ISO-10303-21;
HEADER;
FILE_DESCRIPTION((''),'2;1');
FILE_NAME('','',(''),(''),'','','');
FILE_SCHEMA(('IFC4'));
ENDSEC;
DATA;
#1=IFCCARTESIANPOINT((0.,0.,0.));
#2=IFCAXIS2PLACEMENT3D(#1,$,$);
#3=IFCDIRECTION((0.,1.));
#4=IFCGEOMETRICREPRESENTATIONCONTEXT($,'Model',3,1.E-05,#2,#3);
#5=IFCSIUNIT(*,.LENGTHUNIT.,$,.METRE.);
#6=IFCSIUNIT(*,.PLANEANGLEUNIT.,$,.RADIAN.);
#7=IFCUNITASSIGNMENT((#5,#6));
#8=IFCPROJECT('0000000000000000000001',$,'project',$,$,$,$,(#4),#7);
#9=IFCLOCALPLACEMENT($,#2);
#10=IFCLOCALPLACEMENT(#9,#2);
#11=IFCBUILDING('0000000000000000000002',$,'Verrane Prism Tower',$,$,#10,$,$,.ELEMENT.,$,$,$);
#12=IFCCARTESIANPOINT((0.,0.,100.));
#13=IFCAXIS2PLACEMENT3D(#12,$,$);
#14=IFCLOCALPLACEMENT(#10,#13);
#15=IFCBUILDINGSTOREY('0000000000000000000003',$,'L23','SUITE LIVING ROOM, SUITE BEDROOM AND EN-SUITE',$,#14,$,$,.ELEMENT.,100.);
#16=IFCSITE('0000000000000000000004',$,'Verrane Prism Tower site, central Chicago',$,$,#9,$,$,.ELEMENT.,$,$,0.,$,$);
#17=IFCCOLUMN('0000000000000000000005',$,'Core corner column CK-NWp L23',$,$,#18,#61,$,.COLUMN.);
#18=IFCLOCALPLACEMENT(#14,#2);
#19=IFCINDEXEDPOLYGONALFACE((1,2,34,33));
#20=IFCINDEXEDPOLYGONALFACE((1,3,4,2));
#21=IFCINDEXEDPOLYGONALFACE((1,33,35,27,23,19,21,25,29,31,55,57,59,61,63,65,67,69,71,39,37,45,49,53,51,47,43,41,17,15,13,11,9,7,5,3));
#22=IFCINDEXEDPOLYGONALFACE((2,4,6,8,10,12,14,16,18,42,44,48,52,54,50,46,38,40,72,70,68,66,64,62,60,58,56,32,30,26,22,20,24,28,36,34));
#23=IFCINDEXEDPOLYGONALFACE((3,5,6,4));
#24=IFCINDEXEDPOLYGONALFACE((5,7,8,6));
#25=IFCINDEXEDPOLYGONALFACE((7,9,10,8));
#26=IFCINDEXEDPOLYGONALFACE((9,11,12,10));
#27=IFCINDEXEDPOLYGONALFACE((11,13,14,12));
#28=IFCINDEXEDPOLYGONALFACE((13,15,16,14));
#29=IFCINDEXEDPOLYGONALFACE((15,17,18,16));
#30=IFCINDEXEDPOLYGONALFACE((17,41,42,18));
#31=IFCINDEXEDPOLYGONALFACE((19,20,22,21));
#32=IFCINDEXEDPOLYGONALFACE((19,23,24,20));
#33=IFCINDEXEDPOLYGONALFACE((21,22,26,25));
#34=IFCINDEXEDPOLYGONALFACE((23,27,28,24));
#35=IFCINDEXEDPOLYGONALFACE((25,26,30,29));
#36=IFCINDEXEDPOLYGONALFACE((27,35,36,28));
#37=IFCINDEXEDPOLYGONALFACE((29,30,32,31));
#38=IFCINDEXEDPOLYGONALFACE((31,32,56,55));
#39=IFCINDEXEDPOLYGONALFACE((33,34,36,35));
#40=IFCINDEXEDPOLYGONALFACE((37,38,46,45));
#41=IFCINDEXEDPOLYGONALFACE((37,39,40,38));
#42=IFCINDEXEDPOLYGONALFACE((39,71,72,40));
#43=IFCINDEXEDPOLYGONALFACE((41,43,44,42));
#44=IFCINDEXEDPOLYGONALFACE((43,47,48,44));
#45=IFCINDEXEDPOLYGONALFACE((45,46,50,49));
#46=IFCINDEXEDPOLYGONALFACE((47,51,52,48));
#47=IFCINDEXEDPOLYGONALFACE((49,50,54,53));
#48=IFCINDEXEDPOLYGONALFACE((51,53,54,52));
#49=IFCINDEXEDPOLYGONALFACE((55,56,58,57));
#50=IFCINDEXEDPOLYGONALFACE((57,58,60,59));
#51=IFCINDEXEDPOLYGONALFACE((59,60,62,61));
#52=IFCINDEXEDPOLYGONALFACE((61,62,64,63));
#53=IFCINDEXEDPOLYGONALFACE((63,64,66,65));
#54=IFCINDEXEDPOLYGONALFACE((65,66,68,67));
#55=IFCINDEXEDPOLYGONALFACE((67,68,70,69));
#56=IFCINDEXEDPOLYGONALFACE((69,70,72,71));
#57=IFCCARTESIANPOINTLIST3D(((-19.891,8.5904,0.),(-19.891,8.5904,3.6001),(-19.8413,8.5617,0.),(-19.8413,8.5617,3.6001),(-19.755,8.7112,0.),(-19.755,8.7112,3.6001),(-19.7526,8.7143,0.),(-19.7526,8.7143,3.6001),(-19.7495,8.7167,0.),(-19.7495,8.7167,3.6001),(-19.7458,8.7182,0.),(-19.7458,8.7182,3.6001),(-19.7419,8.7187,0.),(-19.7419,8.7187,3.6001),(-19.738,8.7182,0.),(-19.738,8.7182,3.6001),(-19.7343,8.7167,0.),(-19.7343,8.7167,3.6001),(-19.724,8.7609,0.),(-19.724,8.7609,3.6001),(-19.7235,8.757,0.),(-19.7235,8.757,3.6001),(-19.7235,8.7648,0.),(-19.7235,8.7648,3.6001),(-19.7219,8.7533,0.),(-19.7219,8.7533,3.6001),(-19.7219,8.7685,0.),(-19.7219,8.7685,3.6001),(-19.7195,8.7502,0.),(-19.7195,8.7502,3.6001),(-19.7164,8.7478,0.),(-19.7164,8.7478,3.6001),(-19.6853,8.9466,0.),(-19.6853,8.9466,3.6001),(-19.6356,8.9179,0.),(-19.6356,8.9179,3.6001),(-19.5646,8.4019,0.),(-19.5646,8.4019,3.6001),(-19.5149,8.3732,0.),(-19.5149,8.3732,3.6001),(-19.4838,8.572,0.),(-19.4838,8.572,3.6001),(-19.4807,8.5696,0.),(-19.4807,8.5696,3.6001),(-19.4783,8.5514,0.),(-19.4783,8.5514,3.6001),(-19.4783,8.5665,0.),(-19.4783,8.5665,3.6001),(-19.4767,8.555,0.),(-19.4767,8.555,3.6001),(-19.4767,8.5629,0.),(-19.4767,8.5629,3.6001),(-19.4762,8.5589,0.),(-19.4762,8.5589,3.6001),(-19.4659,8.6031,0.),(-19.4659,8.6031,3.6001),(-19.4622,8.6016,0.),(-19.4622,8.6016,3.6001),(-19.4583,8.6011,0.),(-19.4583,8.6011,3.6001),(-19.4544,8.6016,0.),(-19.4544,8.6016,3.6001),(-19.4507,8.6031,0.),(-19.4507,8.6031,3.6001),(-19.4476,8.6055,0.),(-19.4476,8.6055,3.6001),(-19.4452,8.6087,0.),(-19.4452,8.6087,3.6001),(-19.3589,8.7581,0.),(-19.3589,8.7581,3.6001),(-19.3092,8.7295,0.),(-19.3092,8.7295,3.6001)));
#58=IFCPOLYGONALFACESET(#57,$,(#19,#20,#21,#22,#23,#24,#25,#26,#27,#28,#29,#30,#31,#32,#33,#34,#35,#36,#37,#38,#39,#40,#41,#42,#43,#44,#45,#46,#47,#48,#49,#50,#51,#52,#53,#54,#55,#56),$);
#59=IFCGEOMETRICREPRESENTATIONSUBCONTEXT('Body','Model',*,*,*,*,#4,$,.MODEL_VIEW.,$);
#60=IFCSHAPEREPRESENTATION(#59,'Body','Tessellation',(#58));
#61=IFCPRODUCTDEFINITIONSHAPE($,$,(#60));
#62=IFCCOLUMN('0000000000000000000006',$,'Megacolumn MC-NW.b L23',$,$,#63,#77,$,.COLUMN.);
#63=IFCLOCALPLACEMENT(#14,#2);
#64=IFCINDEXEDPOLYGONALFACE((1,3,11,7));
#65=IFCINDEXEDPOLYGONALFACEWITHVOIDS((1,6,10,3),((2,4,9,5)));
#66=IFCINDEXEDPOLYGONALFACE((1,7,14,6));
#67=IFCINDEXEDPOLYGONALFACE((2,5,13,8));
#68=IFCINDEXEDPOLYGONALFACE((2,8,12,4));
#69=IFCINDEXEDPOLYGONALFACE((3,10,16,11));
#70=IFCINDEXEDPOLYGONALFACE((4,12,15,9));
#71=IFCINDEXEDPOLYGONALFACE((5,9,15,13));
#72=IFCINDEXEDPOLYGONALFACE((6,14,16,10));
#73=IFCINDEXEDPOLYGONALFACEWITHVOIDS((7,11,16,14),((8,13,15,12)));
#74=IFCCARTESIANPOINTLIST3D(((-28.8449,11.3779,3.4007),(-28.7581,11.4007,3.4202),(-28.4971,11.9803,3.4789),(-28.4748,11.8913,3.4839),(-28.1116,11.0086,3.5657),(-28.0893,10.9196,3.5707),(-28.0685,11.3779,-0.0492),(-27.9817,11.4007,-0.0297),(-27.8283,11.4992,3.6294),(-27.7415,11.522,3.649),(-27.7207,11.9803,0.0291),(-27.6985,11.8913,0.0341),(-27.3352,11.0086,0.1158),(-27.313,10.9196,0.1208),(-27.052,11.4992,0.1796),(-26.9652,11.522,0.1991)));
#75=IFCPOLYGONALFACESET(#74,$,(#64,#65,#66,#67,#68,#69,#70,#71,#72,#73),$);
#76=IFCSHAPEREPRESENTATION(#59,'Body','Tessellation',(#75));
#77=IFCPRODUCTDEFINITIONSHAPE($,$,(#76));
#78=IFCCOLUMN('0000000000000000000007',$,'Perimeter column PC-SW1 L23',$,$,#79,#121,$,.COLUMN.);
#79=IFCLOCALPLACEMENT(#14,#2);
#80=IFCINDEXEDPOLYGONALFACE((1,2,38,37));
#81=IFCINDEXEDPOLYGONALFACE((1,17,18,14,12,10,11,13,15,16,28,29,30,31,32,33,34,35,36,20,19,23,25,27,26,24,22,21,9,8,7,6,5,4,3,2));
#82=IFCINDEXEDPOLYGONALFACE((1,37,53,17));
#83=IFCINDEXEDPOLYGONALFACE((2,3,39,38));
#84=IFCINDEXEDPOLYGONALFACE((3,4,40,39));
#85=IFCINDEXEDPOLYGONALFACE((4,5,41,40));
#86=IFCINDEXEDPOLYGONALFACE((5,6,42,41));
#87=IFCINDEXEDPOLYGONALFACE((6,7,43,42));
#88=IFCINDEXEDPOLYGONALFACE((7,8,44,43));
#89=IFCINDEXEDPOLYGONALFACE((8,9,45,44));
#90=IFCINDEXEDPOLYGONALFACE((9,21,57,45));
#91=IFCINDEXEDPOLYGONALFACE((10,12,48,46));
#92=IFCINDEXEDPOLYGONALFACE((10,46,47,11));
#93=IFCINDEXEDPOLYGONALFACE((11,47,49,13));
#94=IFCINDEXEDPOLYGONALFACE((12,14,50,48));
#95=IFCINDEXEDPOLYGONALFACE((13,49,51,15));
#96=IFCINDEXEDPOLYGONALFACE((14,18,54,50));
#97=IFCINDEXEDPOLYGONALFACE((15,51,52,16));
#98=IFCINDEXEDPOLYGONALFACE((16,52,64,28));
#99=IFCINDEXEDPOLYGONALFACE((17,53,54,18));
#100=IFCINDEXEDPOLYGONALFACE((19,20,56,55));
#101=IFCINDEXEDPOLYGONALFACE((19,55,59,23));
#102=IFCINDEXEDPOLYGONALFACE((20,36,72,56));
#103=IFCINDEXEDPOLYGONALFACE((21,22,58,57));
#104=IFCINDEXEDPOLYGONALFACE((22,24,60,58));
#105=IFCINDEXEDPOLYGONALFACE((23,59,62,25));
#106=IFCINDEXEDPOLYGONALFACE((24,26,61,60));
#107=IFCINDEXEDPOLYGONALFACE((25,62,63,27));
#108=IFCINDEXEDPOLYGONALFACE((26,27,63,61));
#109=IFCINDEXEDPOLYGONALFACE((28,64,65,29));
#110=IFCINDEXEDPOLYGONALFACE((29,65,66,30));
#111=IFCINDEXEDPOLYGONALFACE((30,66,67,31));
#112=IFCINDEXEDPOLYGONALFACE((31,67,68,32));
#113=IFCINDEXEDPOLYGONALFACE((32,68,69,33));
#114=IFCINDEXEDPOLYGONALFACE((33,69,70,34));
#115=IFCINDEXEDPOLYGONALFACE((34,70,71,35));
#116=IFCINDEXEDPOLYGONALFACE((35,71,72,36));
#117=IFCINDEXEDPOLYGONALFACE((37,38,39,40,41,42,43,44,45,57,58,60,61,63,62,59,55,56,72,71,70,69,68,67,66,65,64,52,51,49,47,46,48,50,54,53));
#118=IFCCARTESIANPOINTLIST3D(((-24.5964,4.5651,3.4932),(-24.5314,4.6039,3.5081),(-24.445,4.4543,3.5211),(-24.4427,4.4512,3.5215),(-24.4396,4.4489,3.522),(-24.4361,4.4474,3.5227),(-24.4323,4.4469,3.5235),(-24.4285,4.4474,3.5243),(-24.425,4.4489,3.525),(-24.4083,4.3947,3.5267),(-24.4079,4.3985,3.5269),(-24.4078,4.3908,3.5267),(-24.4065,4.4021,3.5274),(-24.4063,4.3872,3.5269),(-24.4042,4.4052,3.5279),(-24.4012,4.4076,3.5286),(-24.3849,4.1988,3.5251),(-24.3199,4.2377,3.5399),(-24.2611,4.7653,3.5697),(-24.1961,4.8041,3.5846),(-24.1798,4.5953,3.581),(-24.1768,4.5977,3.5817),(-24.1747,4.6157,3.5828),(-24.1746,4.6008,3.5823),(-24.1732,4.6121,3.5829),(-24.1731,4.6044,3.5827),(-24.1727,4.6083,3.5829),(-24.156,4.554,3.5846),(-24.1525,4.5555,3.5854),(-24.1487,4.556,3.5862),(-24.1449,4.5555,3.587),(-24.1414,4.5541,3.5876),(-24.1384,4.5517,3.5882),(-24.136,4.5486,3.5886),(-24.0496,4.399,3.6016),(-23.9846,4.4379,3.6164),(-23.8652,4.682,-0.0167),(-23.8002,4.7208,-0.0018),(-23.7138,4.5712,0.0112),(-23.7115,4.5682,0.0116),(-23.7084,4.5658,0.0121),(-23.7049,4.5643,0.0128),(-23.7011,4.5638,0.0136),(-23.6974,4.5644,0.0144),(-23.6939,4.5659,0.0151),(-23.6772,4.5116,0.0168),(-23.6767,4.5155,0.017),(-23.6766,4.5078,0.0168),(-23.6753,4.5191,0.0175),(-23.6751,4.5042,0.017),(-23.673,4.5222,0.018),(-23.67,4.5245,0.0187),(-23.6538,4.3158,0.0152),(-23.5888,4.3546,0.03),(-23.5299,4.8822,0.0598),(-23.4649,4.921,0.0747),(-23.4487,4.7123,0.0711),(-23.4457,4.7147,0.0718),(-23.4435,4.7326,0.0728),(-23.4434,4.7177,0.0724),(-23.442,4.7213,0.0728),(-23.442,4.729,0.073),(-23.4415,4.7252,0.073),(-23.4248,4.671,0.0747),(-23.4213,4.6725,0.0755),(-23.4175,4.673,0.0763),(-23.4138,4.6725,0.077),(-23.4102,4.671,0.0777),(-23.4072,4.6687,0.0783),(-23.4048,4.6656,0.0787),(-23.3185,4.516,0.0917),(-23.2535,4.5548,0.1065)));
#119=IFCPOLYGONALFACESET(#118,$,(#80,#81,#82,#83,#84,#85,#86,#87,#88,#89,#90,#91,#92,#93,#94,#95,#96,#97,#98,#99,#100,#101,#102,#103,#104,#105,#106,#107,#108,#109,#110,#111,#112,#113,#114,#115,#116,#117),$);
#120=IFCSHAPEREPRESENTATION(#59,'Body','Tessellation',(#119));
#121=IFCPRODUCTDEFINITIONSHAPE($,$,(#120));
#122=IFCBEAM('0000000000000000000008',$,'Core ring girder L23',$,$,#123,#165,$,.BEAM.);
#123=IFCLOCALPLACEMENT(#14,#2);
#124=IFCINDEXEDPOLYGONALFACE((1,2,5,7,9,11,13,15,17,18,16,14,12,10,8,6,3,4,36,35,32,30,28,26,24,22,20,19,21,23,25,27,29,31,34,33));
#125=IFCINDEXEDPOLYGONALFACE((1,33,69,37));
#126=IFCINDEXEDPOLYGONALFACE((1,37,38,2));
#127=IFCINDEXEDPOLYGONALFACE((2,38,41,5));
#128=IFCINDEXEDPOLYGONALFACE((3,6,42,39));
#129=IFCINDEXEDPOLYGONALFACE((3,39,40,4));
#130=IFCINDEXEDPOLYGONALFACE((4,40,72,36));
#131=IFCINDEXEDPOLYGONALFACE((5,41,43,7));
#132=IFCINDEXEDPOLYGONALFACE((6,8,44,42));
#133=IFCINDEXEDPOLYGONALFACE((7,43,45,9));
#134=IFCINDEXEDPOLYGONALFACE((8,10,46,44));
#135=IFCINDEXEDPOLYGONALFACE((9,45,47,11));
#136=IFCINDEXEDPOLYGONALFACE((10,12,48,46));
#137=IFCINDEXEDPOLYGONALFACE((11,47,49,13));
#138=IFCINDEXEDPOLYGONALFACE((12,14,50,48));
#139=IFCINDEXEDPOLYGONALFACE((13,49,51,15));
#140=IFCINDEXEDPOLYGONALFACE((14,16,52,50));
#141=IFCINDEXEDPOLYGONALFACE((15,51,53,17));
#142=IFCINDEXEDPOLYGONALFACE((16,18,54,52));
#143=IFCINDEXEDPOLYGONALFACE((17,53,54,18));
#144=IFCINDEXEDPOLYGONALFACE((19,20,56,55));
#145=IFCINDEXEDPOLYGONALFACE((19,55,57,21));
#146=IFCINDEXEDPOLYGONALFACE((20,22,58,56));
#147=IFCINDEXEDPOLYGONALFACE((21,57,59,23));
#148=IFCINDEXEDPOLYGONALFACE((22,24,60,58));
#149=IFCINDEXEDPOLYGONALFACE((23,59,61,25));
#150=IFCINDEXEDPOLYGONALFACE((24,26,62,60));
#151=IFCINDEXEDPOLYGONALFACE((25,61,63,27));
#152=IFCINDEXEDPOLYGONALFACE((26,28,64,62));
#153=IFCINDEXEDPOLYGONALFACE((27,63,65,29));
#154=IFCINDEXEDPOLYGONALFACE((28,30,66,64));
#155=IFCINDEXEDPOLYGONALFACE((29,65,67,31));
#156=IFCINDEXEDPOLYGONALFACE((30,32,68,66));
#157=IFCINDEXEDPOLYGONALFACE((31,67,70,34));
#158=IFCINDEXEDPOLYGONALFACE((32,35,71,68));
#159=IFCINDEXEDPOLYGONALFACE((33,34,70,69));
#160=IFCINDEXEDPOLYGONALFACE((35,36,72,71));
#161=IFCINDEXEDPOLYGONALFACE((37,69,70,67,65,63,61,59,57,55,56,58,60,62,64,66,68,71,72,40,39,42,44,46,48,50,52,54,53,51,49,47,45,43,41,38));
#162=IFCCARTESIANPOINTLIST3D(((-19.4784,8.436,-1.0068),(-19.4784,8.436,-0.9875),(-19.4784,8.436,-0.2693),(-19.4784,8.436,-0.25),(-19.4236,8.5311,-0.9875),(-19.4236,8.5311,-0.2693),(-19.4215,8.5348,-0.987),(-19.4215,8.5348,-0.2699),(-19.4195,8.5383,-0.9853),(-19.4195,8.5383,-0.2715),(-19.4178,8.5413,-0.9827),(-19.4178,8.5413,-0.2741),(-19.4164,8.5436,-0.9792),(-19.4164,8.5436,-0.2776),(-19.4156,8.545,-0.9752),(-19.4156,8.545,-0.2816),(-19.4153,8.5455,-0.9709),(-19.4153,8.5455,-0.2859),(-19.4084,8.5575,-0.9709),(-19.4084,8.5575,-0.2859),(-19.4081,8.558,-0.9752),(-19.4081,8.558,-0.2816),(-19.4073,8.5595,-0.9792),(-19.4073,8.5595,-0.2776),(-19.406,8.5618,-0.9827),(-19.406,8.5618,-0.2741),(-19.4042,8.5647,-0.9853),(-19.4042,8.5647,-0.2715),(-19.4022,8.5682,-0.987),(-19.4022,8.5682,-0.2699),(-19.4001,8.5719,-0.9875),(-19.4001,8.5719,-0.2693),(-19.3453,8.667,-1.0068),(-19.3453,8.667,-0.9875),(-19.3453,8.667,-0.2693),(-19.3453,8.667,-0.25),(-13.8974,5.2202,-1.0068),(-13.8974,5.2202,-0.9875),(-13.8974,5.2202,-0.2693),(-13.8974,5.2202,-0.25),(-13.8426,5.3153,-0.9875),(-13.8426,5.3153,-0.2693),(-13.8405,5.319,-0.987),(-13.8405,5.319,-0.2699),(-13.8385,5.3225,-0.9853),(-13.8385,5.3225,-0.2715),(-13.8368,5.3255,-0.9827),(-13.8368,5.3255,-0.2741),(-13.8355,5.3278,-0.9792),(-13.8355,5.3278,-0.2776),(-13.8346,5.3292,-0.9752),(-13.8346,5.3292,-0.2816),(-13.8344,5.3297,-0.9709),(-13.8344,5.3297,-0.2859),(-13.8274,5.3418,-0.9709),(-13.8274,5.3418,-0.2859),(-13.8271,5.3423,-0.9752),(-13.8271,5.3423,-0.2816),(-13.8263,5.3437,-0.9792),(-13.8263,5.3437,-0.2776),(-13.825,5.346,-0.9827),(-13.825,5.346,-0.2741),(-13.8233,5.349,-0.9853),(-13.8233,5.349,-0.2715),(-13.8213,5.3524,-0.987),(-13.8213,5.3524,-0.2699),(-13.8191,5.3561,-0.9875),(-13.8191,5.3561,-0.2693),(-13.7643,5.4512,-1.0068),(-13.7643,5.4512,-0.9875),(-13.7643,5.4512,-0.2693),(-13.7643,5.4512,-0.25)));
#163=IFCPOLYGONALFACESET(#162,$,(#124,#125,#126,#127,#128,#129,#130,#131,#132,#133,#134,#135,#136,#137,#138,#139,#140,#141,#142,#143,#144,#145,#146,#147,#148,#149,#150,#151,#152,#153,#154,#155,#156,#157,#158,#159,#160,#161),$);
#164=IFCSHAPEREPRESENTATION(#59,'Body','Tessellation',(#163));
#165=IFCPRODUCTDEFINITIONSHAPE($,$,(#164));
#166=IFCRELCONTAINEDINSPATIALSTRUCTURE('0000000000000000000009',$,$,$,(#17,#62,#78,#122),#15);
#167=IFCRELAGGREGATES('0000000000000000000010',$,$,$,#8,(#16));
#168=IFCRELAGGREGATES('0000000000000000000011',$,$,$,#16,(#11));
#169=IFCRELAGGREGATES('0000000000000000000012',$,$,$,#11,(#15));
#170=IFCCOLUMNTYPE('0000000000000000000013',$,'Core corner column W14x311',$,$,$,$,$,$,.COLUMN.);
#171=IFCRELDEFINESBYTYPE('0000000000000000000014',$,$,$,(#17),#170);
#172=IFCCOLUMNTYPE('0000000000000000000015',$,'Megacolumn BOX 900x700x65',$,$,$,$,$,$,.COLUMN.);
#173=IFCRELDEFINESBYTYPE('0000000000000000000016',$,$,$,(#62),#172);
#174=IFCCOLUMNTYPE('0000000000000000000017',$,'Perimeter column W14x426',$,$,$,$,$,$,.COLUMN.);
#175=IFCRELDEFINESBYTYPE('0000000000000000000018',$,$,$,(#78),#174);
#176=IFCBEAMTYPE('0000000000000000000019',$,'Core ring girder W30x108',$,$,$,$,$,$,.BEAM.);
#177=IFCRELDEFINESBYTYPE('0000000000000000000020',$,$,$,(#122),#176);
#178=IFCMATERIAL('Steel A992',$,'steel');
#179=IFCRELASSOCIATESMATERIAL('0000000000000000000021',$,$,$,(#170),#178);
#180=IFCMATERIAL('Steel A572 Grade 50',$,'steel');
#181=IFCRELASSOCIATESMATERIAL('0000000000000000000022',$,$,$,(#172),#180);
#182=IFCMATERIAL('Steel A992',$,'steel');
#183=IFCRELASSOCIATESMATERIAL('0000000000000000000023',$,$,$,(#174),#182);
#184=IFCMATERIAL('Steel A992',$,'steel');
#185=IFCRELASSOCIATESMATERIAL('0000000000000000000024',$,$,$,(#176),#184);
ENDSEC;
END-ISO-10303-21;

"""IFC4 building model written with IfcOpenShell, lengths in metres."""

from ifc_helpers import new_model, si_unit, direction, frame, origin, origin_2d, place, context, subcontext, project, spatial, hollow_rectangle, i_section, extrude, material, material_profile, profile_set, type_object, element, save


model = new_model("IFC4")

# Units and contexts
model_context = context("Model", 3, precision=1e-05, world=origin(), true_north=direction((0.0, 1.0)))
body_context = subcontext(model_context, "Body", "Model", "MODEL_VIEW")
ifc_project = project(units=[si_unit("LENGTHUNIT", "METRE"), si_unit("PLANEANGLEUNIT", "RADIAN")], contexts=[model_context])

# Site, building, storey
site_placement = place(None, origin())
site = spatial("IfcSite", under=ifc_project, at=site_placement, Name="Verrane Prism Tower site, central Chicago", CompositionType="ELEMENT", RefElevation=0.0)
building_placement = place(site_placement, origin())
building = spatial("IfcBuilding", under=site, at=building_placement, Name="Verrane Prism Tower", CompositionType="ELEMENT")
storey_placement = place(building_placement, frame((0.0, 0.0, 100.0)))
storey = spatial("IfcBuildingStorey", under=building, at=storey_placement, Name="L23", Description="SUITE LIVING ROOM, SUITE BEDROOM AND EN-SUITE", CompositionType="ELEMENT", Elevation=100.0)

# Columns
ifc_material_1 = material(Name="Steel A992", Category="steel")
ifc_material_profile_1 = material_profile(ifc_material_1, i_section(OverallWidth=0.4114, OverallDepth=0.4343, WebThickness=0.0359, FlangeThickness=0.0574, FilletRadius=0.0151, at=origin_2d()), Name="W14x311")
ifc_profile_set_1 = profile_set([ifc_material_profile_1], Name="Steel A992")
column_type_1 = type_object("IfcColumnType", Name="Core corner column W14x311", PredefinedType="COLUMN", material=ifc_profile_set_1)
column_1_placement = place(storey_placement, frame((-19.6001, 8.6599, 0.0), z_axis=(0.0, 0.0, 1.0), x_axis=(0.5, 0.866025, 0.0)))
element("IfcColumn", 1, at=column_1_placement, inside=storey, type_object=column_type_1, Name="Core corner column CK-NWp L23", PredefinedType="COLUMN", context=body_context, shape_type="SweptSolid", body=[
    extrude(i_section(OverallWidth=0.4114, OverallDepth=0.4343, WebThickness=0.0359, FlangeThickness=0.0574, FilletRadius=0.0151, at=origin_2d()), origin(), (0.0, 0.0, 1.0), 3.6001),
])
ifc_material_2 = material(Name="Steel A572 Grade 50", Category="steel")
ifc_material_profile_2 = material_profile(ifc_material_2, hollow_rectangle(XDim=0.7, YDim=0.8999, WallThickness=0.0649, at=origin_2d()), Name="BOX 900x700x65")
ifc_profile_set_2 = profile_set([ifc_material_profile_2], Name="Steel A572 Grade 50")
column_type_2 = type_object("IfcColumnType", Name="Megacolumn BOX 900x700x65", PredefinedType="COLUMN", material=ifc_profile_set_2)
column_2_placement = place(storey_placement, frame((-27.5168, 11.45, 0.075), z_axis=(-0.219547, 0.0, 0.975602), x_axis=(0.496862, 0.860596, 0.111812)))
element("IfcColumn", 2, at=column_2_placement, inside=storey, type_object=column_type_2, Name="Megacolumn MC-NW.b L23", PredefinedType="COLUMN", context=body_context, shape_type="SweptSolid", body=[
    extrude(hollow_rectangle(XDim=0.7, YDim=0.8999, WallThickness=0.0649, at=origin_2d()), origin(), (0.0, 0.0, 1.0), 3.5361),
])
ifc_material_3 = material(Name="Steel A992", Category="steel")
ifc_material_profile_3 = material_profile(ifc_material_3, i_section(OverallWidth=0.4241, OverallDepth=0.4751, WebThickness=0.0479, FlangeThickness=0.0771, FilletRadius=0.0149, at=origin_2d()), Name="W14x426")
ifc_profile_set_3 = profile_set([ifc_material_profile_3], Name="Steel A992")
column_type_3 = type_object("IfcColumnType", Name="Perimeter column W14x426", PredefinedType="COLUMN", material=ifc_profile_set_3)
column_3_placement = place(storey_placement, frame((-23.5593, 4.6184, 0.0449), z_axis=(-0.203832, -0.0326, 0.978463), x_axis=(-0.498534, 0.863613, -0.075081)))
element("IfcColumn", 3, at=column_3_placement, inside=storey, type_object=column_type_3, Name="Perimeter column PC-SW1 L23", PredefinedType="COLUMN", context=body_context, shape_type="SweptSolid", body=[
    extrude(i_section(OverallWidth=0.4241, OverallDepth=0.4751, WebThickness=0.0479, FlangeThickness=0.0771, FilletRadius=0.0149, at=origin_2d()), origin(), (0.0, 0.0, 1.0), 3.5872),
])

# Beam
ifc_material_4 = material(Name="Steel A992", Category="steel")
ifc_material_profile_4 = material_profile(ifc_material_4, i_section(OverallWidth=0.2666, OverallDepth=0.7568, WebThickness=0.0139, FlangeThickness=0.0193, FilletRadius=0.0166, at=origin_2d()), Name="W30x108")
ifc_profile_set_4 = profile_set([ifc_material_profile_4], Name="Steel A992")
beam_type_1 = type_object("IfcBeamType", Name="Core ring girder W30x108", PredefinedType="BEAM", material=ifc_profile_set_4)
beam_1_placement = place(storey_placement, frame((-19.4119, 8.5515, -0.6284), z_axis=(0.866456, -0.499254, 0.0), x_axis=(0.499254, 0.866456, 0.0)))
element("IfcBeam", 4, at=beam_1_placement, inside=storey, type_object=beam_type_1, Name="Core ring girder L23", PredefinedType="BEAM", context=body_context, shape_type="SweptSolid", body=[
    extrude(i_section(OverallWidth=0.2666, OverallDepth=0.7568, WebThickness=0.0139, FlangeThickness=0.0193, FilletRadius=0.0166, at=origin_2d()), origin(), (0.0, 0.0, 1.0), 6.4412),
])

save(model, "model.ifc")
